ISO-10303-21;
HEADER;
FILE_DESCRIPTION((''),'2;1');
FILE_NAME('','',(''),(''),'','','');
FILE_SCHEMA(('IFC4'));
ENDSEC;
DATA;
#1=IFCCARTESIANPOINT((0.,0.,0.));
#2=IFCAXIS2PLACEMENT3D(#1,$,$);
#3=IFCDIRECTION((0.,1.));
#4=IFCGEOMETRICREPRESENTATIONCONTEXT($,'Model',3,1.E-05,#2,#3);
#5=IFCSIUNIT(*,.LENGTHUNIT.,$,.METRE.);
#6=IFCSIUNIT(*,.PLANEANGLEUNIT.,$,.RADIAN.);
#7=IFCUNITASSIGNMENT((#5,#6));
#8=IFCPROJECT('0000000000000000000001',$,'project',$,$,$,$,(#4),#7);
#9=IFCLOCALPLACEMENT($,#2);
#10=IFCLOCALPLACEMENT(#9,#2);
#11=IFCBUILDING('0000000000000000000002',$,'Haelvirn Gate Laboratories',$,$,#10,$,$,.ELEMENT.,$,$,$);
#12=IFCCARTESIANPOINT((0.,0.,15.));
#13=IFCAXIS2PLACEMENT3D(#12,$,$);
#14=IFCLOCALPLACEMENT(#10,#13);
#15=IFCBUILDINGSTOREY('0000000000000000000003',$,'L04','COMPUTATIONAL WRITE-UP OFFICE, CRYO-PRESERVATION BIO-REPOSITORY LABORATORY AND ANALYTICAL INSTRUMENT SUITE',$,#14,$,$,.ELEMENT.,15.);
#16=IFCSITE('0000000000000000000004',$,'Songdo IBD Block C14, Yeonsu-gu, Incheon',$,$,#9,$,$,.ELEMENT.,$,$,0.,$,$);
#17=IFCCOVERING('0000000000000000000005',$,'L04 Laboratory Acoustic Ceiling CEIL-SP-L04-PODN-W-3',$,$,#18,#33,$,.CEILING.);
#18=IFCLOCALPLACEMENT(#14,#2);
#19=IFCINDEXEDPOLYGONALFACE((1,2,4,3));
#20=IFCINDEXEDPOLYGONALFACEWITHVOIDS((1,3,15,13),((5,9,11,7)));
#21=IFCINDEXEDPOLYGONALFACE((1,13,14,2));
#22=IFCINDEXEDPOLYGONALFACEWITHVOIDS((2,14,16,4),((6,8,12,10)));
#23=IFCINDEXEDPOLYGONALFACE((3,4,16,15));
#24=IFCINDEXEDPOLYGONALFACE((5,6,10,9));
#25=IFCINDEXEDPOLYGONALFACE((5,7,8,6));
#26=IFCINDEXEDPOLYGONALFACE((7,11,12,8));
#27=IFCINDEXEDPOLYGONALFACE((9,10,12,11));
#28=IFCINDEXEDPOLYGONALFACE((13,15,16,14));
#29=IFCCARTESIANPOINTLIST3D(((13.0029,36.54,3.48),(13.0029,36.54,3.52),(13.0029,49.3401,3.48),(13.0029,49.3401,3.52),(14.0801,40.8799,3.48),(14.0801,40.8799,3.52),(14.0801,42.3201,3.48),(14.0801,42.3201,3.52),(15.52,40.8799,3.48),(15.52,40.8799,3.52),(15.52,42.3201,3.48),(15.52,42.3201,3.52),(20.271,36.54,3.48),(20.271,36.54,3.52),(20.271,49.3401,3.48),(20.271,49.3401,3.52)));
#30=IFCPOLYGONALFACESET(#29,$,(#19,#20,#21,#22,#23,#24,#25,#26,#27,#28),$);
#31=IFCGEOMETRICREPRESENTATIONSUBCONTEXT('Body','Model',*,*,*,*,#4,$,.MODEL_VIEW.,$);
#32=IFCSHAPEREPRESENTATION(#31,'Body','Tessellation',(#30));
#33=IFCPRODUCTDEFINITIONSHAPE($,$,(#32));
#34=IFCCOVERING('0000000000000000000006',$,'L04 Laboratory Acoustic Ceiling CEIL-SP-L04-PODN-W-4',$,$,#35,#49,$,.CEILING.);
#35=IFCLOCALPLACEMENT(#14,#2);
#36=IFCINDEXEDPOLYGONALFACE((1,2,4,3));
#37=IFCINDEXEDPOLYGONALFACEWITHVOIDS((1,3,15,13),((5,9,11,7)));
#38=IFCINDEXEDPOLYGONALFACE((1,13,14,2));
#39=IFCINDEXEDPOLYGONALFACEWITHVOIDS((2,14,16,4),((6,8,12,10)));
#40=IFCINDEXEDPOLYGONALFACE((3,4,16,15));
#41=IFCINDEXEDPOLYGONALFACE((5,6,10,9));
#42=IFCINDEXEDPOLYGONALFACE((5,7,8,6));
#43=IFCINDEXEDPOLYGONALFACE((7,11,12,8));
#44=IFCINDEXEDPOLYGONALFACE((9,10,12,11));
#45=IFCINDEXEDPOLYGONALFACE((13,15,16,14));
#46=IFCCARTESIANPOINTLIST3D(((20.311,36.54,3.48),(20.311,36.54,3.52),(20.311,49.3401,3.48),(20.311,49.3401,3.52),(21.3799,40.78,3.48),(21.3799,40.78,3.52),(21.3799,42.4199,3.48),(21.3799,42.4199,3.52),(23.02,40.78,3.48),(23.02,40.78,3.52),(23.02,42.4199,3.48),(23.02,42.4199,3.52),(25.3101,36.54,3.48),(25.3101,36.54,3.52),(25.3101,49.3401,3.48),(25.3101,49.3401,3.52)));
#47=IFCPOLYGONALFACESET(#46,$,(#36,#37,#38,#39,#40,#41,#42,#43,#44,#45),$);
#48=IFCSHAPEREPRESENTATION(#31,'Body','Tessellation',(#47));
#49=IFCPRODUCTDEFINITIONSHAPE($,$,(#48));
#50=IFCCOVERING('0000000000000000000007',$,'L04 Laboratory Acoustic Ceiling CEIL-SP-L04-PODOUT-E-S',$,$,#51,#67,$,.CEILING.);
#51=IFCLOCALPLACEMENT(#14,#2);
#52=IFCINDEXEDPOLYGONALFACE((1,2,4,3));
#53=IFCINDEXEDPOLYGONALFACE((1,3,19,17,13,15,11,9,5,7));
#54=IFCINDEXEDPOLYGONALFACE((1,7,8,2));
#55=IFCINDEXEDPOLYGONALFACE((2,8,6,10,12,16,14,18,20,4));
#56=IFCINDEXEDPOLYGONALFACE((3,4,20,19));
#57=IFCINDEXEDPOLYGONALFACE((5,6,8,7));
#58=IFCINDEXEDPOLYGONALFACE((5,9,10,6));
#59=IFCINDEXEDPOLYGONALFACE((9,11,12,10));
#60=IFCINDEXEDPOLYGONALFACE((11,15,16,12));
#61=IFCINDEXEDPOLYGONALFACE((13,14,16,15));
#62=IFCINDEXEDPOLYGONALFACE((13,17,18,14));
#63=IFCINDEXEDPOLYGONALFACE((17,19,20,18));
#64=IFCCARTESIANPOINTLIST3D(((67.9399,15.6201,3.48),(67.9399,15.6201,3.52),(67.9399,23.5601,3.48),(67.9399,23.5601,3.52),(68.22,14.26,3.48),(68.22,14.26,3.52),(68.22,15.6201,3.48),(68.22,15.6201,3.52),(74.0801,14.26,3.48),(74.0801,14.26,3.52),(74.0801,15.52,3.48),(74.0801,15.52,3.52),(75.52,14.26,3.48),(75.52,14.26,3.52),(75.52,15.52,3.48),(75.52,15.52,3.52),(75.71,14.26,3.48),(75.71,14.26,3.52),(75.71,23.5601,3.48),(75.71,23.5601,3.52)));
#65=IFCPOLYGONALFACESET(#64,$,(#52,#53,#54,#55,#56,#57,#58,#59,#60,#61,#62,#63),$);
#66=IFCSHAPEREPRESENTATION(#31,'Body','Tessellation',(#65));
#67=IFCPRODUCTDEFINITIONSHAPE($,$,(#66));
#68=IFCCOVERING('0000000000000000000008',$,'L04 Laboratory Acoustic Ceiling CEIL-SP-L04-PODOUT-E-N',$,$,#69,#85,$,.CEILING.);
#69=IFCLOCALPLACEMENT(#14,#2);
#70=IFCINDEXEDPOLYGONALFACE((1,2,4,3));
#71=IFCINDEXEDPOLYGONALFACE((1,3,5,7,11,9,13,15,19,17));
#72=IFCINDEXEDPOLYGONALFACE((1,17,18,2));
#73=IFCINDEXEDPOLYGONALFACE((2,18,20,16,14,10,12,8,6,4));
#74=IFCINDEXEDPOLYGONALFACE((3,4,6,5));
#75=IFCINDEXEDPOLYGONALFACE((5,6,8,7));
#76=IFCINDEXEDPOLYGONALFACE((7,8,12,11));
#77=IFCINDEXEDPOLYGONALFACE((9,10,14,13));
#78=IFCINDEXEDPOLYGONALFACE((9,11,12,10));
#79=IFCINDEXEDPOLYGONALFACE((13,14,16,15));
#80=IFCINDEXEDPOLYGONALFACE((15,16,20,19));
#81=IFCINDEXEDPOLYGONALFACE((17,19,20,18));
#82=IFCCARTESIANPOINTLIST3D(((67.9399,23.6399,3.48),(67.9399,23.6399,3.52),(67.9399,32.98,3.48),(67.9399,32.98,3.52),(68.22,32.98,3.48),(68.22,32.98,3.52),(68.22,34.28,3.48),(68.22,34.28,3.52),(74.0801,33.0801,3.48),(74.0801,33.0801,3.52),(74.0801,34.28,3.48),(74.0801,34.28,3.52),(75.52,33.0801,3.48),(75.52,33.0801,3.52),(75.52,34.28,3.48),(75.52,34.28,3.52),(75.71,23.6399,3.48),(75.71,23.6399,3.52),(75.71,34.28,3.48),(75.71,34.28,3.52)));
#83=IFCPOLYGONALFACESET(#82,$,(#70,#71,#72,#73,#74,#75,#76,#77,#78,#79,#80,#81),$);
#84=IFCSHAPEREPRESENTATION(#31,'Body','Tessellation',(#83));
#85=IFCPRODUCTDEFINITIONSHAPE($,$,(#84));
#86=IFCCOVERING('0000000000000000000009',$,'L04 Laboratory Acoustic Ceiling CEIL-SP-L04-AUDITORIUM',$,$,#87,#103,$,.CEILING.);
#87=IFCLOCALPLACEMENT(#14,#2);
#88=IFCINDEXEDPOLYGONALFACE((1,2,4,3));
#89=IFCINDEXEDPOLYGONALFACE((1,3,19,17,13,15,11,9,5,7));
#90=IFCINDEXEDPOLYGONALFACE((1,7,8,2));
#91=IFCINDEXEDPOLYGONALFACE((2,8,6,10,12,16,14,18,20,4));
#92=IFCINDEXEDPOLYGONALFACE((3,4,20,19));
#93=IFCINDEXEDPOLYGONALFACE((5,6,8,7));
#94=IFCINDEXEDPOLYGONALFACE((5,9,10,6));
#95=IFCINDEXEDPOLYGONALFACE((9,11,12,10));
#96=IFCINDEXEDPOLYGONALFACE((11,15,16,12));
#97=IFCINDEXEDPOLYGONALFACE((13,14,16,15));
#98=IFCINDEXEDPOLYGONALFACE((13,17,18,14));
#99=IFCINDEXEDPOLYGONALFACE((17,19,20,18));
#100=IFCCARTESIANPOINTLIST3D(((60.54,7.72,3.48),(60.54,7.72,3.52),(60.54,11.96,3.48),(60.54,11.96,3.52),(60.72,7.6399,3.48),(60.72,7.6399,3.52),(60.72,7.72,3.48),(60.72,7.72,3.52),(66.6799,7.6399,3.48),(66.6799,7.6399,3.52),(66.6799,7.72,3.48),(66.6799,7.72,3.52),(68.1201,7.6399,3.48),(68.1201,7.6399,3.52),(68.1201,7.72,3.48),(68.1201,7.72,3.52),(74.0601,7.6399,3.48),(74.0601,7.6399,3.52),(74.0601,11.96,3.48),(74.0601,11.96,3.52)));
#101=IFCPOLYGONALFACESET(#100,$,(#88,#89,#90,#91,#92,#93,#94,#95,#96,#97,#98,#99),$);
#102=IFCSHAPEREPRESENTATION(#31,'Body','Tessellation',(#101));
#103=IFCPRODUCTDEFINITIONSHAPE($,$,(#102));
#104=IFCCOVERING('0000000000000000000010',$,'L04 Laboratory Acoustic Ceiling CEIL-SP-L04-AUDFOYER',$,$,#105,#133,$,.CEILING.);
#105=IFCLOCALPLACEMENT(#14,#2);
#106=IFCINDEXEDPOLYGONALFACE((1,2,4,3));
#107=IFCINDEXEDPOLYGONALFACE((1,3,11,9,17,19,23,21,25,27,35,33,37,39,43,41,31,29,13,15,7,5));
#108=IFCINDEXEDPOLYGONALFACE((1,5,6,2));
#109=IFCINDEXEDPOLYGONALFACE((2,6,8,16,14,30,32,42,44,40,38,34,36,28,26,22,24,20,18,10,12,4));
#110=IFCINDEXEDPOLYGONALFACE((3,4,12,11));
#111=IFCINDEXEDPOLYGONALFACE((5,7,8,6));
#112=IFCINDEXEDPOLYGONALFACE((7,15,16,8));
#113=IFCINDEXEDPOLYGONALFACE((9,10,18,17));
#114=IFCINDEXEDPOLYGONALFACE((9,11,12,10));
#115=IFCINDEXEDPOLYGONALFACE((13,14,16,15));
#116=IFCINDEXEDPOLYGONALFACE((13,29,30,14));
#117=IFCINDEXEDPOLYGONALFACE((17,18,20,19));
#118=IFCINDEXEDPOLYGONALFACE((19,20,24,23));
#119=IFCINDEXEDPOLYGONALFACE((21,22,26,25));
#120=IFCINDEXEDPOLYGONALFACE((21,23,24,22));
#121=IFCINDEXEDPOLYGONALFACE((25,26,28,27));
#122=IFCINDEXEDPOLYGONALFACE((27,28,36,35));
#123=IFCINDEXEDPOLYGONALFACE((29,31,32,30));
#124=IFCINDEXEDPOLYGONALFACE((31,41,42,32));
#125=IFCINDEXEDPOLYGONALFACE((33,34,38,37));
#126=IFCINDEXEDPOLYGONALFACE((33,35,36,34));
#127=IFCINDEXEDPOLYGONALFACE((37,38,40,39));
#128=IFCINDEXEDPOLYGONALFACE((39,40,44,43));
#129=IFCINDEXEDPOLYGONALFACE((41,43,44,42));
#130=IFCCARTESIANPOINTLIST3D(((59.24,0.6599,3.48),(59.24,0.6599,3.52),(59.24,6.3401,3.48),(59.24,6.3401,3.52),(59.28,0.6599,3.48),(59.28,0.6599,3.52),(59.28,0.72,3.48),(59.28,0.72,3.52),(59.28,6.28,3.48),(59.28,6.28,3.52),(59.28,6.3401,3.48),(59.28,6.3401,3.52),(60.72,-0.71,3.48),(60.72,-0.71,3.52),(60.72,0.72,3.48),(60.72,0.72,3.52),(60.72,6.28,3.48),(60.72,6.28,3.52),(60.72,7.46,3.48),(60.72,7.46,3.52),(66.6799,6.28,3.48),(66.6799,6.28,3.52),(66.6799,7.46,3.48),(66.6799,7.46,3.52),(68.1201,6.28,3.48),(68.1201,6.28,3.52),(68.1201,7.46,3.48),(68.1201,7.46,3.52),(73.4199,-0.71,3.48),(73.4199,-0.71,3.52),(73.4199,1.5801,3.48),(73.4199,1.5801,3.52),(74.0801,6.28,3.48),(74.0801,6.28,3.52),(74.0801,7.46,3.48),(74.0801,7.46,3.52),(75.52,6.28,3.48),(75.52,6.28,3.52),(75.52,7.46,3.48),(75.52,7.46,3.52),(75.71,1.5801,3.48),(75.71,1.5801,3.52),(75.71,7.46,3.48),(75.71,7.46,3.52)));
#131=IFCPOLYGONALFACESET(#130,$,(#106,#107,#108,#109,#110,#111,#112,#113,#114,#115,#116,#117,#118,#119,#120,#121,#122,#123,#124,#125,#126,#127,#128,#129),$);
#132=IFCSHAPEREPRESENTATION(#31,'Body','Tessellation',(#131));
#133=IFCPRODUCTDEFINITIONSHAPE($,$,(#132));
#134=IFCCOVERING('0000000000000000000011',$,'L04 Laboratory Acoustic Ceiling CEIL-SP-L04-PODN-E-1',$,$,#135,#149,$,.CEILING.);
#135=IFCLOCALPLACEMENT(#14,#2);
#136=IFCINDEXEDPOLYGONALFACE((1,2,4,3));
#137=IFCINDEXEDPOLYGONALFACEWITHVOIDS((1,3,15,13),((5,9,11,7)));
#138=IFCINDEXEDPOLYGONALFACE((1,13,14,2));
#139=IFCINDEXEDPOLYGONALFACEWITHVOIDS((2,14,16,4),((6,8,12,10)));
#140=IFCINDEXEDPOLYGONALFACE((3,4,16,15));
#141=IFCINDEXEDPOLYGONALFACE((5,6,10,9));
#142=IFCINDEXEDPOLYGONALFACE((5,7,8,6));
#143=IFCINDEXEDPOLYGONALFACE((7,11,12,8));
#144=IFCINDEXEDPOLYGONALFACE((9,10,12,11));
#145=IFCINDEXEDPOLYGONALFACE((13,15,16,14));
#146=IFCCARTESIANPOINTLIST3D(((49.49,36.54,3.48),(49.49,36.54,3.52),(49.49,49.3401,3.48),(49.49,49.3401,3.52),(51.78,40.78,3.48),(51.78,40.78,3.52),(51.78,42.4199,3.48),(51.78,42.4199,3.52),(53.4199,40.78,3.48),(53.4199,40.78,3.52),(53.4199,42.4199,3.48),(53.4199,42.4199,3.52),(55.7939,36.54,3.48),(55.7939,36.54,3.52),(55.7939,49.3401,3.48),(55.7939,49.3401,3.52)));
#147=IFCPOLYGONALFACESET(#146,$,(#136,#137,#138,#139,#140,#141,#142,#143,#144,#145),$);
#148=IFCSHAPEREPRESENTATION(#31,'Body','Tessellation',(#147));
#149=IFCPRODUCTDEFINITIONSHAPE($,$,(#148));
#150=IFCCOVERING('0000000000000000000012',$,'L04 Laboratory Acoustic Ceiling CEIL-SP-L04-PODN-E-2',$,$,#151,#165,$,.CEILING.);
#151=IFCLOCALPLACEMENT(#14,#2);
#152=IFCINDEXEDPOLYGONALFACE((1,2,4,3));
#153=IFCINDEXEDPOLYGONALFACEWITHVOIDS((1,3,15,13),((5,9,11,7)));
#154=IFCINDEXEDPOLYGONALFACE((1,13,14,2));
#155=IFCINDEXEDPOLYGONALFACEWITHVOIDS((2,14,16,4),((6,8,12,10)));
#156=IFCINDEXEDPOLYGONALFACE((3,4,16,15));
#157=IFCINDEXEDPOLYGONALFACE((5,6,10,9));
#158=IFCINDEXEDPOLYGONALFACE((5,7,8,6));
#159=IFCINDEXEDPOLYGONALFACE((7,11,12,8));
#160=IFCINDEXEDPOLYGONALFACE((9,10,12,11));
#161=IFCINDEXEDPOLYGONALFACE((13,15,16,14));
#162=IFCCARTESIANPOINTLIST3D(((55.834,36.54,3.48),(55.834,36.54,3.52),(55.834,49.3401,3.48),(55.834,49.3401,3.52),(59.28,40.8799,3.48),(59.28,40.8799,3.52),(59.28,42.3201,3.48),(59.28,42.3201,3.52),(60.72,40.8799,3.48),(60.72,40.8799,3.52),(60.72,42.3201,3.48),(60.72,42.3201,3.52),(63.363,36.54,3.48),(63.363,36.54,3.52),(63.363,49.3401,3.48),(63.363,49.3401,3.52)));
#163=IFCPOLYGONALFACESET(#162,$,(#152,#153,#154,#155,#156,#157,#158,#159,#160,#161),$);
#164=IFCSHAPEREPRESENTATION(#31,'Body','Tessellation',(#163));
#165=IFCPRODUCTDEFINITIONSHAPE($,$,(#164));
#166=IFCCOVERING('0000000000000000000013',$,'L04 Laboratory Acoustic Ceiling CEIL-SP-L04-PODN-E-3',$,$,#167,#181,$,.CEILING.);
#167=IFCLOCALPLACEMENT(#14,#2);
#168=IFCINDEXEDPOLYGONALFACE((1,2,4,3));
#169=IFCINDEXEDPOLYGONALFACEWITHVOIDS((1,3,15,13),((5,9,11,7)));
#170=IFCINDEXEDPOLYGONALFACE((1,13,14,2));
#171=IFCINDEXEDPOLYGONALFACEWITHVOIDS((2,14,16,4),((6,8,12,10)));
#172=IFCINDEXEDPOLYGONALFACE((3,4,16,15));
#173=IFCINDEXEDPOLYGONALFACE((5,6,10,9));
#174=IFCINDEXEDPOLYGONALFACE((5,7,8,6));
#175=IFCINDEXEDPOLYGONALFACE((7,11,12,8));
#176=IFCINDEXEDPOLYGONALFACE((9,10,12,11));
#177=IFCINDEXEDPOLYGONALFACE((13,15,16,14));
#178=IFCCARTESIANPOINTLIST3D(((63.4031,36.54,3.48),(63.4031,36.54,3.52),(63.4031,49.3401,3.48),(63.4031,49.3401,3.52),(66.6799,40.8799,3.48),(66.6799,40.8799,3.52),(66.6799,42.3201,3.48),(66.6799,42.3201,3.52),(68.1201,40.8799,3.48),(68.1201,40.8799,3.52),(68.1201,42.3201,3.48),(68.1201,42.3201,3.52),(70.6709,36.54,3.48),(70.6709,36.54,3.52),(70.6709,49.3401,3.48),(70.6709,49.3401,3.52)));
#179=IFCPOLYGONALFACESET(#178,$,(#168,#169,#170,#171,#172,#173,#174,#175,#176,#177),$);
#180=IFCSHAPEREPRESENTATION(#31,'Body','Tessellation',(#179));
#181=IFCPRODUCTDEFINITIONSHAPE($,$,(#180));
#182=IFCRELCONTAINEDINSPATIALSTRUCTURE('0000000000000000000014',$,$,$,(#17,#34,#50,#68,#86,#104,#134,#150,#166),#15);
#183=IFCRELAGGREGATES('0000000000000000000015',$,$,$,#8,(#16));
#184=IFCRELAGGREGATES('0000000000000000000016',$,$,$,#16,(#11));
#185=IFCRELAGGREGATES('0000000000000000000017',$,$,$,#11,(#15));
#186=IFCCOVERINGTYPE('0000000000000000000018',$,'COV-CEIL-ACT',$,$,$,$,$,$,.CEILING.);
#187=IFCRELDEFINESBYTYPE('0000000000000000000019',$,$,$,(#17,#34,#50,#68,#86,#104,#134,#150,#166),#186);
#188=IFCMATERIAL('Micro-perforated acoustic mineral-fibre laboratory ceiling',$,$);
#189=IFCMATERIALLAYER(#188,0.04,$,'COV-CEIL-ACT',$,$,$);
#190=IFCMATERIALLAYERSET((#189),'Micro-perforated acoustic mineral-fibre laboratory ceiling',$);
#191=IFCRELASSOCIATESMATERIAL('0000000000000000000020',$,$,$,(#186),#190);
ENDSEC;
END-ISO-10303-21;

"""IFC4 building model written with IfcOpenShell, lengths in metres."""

from ifc_helpers import new_model, si_unit, direction, frame, origin, place, context, subcontext, project, spatial, polyline, outline, extrude, material, layer, layer_set, type_object, element, save


model = new_model("IFC4")

# Units and contexts
model_context = context("Model", 3, precision=1e-05, world=origin(), true_north=direction((0.0, 1.0)))
body_context = subcontext(model_context, "Body", "Model", "MODEL_VIEW")
ifc_project = project(units=[si_unit("LENGTHUNIT", "METRE"), si_unit("PLANEANGLEUNIT", "RADIAN")], contexts=[model_context])

# Site, building, storey
site_placement = place(None, origin())
site = spatial("IfcSite", under=ifc_project, at=site_placement, Name="Songdo IBD Block C14, Yeonsu-gu, Incheon", CompositionType="ELEMENT", RefElevation=0.0)
building_placement = place(site_placement, origin())
building = spatial("IfcBuilding", under=site, at=building_placement, Name="Haelvirn Gate Laboratories", CompositionType="ELEMENT")
storey_placement = place(building_placement, frame((0.0, 0.0, 15.0)))
storey = spatial("IfcBuildingStorey", under=building, at=storey_placement, Name="L04", Description="COMPUTATIONAL WRITE-UP OFFICE, CRYO-PRESERVATION BIO-REPOSITORY LABORATORY AND ANALYTICAL INSTRUMENT SUITE", CompositionType="ELEMENT", Elevation=15.0)

# Coverings
ifc_material_1 = material(Name="Micro-perforated acoustic mineral-fibre laboratory ceiling")
ifc_layer_1 = layer(ifc_material_1, 0.04, Name="COV-CEIL-ACT")
ifc_layer_set_1 = layer_set([ifc_layer_1], Name="Micro-perforated acoustic mineral-fibre laboratory ceiling")
covering_type_1 = type_object("IfcCoveringType", Name="COV-CEIL-ACT", PredefinedType="CEILING", material=ifc_layer_set_1)
covering_1_placement = place(storey_placement, frame((0.0, 0.0, 3.48)))
element("IfcCovering", 1, at=covering_1_placement, inside=storey, type_object=covering_type_1, Name="L04 Laboratory Acoustic Ceiling CEIL-SP-L04-PODN-W-3", PredefinedType="CEILING", context=body_context, shape_type="SweptSolid", body=[
    extrude(outline(polyline([(20.271, 36.54), (13.0029, 36.54), (13.0029, 49.3401), (20.271, 49.3401), (20.271, 36.54)]), holes=[polyline([(15.52, 42.3201), (14.0801, 42.3201), (14.0801, 40.8799), (15.52, 40.8799), (15.52, 42.3201)])]), origin(), (0.0, 0.0, 1.0), 0.04),
])
covering_2_placement = place(storey_placement, frame((0.0, 0.0, 3.48)))
element("IfcCovering", 2, at=covering_2_placement, inside=storey, type_object=covering_type_1, Name="L04 Laboratory Acoustic Ceiling CEIL-SP-L04-PODN-W-4", PredefinedType="CEILING", context=body_context, shape_type="SweptSolid", body=[
    extrude(outline(polyline([(25.3101, 36.54), (20.311, 36.54), (20.311, 49.3401), (25.3101, 49.3401), (25.3101, 36.54)]), holes=[polyline([(23.02, 42.4199), (21.3799, 42.4199), (21.3799, 40.78), (23.02, 40.78), (23.02, 42.4199)])]), origin(), (0.0, 0.0, 1.0), 0.04),
])
covering_3_placement = place(storey_placement, frame((0.0, 0.0, 3.48)))
element("IfcCovering", 3, at=covering_3_placement, inside=storey, type_object=covering_type_1, Name="L04 Laboratory Acoustic Ceiling CEIL-SP-L04-PODOUT-E-S", PredefinedType="CEILING", context=body_context, shape_type="SweptSolid", body=[
    extrude(outline(polyline([(68.22, 14.26), (68.22, 15.6201), (67.9399, 15.6201), (67.9399, 23.5601), (75.71, 23.5601), (75.71, 14.26), (75.52, 14.26), (75.52, 15.52), (74.0801, 15.52), (74.0801, 14.26), (68.22, 14.26)])), origin(), (0.0, 0.0, 1.0), 0.04),
])
covering_4_placement = place(storey_placement, frame((0.0, 0.0, 3.48)))
element("IfcCovering", 4, at=covering_4_placement, inside=storey, type_object=covering_type_1, Name="L04 Laboratory Acoustic Ceiling CEIL-SP-L04-PODOUT-E-N", PredefinedType="CEILING", context=body_context, shape_type="SweptSolid", body=[
    extrude(outline(polyline([(75.71, 34.28), (75.71, 23.6399), (67.9399, 23.6399), (67.9399, 32.98), (68.22, 32.98), (68.22, 34.28), (74.0801, 34.28), (74.0801, 33.0801), (75.52, 33.0801), (75.52, 34.28), (75.71, 34.28)])), origin(), (0.0, 0.0, 1.0), 0.04),
])
covering_5_placement = place(storey_placement, frame((0.0, 0.0, 3.48)))
element("IfcCovering", 5, at=covering_5_placement, inside=storey, type_object=covering_type_1, Name="L04 Laboratory Acoustic Ceiling CEIL-SP-L04-AUDITORIUM", PredefinedType="CEILING", context=body_context, shape_type="SweptSolid", body=[
    extrude(outline(polyline([(74.0601, 7.6399), (68.1201, 7.6399), (68.1201, 7.72), (66.6799, 7.72), (66.6799, 7.6399), (60.72, 7.6399), (60.72, 7.72), (60.54, 7.72), (60.54, 11.96), (74.0601, 11.96), (74.0601, 7.6399)])), origin(), (0.0, 0.0, 1.0), 0.04),
])
covering_6_placement = place(storey_placement, frame((0.0, 0.0, 3.48)))
element("IfcCovering", 6, at=covering_6_placement, inside=storey, type_object=covering_type_1, Name="L04 Laboratory Acoustic Ceiling CEIL-SP-L04-AUDFOYER", PredefinedType="CEILING", context=body_context, shape_type="SweptSolid", body=[
    extrude(outline(polyline([(75.71, 1.5801), (73.4199, 1.5801), (73.4199, -0.71), (60.72, -0.71), (60.72, 0.72), (59.28, 0.72), (59.28, 0.6599), (59.24, 0.6599), (59.24, 6.3401), (59.28, 6.3401), (59.28, 6.28), (60.72, 6.28), (60.72, 7.46), (66.6799, 7.46), (66.6799, 6.28), (68.1201, 6.28), (68.1201, 7.46), (74.0801, 7.46), (74.0801, 6.28), (75.52, 6.28), (75.52, 7.46), (75.71, 7.46), (75.71, 1.5801)])), origin(), (0.0, 0.0, 1.0), 0.04),
])
covering_7_placement = place(storey_placement, frame((0.0, 0.0, 3.48)))
element("IfcCovering", 7, at=covering_7_placement, inside=storey, type_object=covering_type_1, Name="L04 Laboratory Acoustic Ceiling CEIL-SP-L04-PODN-E-1", PredefinedType="CEILING", context=body_context, shape_type="SweptSolid", body=[
    extrude(outline(polyline([(55.7939, 36.54), (49.49, 36.54), (49.49, 49.3401), (55.7939, 49.3401), (55.7939, 36.54)]), holes=[polyline([(53.4199, 42.4199), (51.78, 42.4199), (51.78, 40.78), (53.4199, 40.78), (53.4199, 42.4199)])]), origin(), (0.0, 0.0, 1.0), 0.04),
])
covering_8_placement = place(storey_placement, frame((0.0, 0.0, 3.48)))
element("IfcCovering", 8, at=covering_8_placement, inside=storey, type_object=covering_type_1, Name="L04 Laboratory Acoustic Ceiling CEIL-SP-L04-PODN-E-2", PredefinedType="CEILING", context=body_context, shape_type="SweptSolid", body=[
    extrude(outline(polyline([(63.363, 36.54), (55.834, 36.54), (55.834, 49.3401), (63.363, 49.3401), (63.363, 36.54)]), holes=[polyline([(60.72, 42.3201), (59.28, 42.3201), (59.28, 40.8799), (60.72, 40.8799), (60.72, 42.3201)])]), origin(), (0.0, 0.0, 1.0), 0.04),
])
covering_9_placement = place(storey_placement, frame((0.0, 0.0, 3.48)))
element("IfcCovering", 9, at=covering_9_placement, inside=storey, type_object=covering_type_1, Name="L04 Laboratory Acoustic Ceiling CEIL-SP-L04-PODN-E-3", PredefinedType="CEILING", context=body_context, shape_type="SweptSolid", body=[
    extrude(outline(polyline([(70.6709, 36.54), (63.4031, 36.54), (63.4031, 49.3401), (70.6709, 49.3401), (70.6709, 36.54)]), holes=[polyline([(68.1201, 42.3201), (66.6799, 42.3201), (66.6799, 40.8799), (68.1201, 40.8799), (68.1201, 42.3201)])]), origin(), (0.0, 0.0, 1.0), 0.04),
])

save(model, "model.ifc")
